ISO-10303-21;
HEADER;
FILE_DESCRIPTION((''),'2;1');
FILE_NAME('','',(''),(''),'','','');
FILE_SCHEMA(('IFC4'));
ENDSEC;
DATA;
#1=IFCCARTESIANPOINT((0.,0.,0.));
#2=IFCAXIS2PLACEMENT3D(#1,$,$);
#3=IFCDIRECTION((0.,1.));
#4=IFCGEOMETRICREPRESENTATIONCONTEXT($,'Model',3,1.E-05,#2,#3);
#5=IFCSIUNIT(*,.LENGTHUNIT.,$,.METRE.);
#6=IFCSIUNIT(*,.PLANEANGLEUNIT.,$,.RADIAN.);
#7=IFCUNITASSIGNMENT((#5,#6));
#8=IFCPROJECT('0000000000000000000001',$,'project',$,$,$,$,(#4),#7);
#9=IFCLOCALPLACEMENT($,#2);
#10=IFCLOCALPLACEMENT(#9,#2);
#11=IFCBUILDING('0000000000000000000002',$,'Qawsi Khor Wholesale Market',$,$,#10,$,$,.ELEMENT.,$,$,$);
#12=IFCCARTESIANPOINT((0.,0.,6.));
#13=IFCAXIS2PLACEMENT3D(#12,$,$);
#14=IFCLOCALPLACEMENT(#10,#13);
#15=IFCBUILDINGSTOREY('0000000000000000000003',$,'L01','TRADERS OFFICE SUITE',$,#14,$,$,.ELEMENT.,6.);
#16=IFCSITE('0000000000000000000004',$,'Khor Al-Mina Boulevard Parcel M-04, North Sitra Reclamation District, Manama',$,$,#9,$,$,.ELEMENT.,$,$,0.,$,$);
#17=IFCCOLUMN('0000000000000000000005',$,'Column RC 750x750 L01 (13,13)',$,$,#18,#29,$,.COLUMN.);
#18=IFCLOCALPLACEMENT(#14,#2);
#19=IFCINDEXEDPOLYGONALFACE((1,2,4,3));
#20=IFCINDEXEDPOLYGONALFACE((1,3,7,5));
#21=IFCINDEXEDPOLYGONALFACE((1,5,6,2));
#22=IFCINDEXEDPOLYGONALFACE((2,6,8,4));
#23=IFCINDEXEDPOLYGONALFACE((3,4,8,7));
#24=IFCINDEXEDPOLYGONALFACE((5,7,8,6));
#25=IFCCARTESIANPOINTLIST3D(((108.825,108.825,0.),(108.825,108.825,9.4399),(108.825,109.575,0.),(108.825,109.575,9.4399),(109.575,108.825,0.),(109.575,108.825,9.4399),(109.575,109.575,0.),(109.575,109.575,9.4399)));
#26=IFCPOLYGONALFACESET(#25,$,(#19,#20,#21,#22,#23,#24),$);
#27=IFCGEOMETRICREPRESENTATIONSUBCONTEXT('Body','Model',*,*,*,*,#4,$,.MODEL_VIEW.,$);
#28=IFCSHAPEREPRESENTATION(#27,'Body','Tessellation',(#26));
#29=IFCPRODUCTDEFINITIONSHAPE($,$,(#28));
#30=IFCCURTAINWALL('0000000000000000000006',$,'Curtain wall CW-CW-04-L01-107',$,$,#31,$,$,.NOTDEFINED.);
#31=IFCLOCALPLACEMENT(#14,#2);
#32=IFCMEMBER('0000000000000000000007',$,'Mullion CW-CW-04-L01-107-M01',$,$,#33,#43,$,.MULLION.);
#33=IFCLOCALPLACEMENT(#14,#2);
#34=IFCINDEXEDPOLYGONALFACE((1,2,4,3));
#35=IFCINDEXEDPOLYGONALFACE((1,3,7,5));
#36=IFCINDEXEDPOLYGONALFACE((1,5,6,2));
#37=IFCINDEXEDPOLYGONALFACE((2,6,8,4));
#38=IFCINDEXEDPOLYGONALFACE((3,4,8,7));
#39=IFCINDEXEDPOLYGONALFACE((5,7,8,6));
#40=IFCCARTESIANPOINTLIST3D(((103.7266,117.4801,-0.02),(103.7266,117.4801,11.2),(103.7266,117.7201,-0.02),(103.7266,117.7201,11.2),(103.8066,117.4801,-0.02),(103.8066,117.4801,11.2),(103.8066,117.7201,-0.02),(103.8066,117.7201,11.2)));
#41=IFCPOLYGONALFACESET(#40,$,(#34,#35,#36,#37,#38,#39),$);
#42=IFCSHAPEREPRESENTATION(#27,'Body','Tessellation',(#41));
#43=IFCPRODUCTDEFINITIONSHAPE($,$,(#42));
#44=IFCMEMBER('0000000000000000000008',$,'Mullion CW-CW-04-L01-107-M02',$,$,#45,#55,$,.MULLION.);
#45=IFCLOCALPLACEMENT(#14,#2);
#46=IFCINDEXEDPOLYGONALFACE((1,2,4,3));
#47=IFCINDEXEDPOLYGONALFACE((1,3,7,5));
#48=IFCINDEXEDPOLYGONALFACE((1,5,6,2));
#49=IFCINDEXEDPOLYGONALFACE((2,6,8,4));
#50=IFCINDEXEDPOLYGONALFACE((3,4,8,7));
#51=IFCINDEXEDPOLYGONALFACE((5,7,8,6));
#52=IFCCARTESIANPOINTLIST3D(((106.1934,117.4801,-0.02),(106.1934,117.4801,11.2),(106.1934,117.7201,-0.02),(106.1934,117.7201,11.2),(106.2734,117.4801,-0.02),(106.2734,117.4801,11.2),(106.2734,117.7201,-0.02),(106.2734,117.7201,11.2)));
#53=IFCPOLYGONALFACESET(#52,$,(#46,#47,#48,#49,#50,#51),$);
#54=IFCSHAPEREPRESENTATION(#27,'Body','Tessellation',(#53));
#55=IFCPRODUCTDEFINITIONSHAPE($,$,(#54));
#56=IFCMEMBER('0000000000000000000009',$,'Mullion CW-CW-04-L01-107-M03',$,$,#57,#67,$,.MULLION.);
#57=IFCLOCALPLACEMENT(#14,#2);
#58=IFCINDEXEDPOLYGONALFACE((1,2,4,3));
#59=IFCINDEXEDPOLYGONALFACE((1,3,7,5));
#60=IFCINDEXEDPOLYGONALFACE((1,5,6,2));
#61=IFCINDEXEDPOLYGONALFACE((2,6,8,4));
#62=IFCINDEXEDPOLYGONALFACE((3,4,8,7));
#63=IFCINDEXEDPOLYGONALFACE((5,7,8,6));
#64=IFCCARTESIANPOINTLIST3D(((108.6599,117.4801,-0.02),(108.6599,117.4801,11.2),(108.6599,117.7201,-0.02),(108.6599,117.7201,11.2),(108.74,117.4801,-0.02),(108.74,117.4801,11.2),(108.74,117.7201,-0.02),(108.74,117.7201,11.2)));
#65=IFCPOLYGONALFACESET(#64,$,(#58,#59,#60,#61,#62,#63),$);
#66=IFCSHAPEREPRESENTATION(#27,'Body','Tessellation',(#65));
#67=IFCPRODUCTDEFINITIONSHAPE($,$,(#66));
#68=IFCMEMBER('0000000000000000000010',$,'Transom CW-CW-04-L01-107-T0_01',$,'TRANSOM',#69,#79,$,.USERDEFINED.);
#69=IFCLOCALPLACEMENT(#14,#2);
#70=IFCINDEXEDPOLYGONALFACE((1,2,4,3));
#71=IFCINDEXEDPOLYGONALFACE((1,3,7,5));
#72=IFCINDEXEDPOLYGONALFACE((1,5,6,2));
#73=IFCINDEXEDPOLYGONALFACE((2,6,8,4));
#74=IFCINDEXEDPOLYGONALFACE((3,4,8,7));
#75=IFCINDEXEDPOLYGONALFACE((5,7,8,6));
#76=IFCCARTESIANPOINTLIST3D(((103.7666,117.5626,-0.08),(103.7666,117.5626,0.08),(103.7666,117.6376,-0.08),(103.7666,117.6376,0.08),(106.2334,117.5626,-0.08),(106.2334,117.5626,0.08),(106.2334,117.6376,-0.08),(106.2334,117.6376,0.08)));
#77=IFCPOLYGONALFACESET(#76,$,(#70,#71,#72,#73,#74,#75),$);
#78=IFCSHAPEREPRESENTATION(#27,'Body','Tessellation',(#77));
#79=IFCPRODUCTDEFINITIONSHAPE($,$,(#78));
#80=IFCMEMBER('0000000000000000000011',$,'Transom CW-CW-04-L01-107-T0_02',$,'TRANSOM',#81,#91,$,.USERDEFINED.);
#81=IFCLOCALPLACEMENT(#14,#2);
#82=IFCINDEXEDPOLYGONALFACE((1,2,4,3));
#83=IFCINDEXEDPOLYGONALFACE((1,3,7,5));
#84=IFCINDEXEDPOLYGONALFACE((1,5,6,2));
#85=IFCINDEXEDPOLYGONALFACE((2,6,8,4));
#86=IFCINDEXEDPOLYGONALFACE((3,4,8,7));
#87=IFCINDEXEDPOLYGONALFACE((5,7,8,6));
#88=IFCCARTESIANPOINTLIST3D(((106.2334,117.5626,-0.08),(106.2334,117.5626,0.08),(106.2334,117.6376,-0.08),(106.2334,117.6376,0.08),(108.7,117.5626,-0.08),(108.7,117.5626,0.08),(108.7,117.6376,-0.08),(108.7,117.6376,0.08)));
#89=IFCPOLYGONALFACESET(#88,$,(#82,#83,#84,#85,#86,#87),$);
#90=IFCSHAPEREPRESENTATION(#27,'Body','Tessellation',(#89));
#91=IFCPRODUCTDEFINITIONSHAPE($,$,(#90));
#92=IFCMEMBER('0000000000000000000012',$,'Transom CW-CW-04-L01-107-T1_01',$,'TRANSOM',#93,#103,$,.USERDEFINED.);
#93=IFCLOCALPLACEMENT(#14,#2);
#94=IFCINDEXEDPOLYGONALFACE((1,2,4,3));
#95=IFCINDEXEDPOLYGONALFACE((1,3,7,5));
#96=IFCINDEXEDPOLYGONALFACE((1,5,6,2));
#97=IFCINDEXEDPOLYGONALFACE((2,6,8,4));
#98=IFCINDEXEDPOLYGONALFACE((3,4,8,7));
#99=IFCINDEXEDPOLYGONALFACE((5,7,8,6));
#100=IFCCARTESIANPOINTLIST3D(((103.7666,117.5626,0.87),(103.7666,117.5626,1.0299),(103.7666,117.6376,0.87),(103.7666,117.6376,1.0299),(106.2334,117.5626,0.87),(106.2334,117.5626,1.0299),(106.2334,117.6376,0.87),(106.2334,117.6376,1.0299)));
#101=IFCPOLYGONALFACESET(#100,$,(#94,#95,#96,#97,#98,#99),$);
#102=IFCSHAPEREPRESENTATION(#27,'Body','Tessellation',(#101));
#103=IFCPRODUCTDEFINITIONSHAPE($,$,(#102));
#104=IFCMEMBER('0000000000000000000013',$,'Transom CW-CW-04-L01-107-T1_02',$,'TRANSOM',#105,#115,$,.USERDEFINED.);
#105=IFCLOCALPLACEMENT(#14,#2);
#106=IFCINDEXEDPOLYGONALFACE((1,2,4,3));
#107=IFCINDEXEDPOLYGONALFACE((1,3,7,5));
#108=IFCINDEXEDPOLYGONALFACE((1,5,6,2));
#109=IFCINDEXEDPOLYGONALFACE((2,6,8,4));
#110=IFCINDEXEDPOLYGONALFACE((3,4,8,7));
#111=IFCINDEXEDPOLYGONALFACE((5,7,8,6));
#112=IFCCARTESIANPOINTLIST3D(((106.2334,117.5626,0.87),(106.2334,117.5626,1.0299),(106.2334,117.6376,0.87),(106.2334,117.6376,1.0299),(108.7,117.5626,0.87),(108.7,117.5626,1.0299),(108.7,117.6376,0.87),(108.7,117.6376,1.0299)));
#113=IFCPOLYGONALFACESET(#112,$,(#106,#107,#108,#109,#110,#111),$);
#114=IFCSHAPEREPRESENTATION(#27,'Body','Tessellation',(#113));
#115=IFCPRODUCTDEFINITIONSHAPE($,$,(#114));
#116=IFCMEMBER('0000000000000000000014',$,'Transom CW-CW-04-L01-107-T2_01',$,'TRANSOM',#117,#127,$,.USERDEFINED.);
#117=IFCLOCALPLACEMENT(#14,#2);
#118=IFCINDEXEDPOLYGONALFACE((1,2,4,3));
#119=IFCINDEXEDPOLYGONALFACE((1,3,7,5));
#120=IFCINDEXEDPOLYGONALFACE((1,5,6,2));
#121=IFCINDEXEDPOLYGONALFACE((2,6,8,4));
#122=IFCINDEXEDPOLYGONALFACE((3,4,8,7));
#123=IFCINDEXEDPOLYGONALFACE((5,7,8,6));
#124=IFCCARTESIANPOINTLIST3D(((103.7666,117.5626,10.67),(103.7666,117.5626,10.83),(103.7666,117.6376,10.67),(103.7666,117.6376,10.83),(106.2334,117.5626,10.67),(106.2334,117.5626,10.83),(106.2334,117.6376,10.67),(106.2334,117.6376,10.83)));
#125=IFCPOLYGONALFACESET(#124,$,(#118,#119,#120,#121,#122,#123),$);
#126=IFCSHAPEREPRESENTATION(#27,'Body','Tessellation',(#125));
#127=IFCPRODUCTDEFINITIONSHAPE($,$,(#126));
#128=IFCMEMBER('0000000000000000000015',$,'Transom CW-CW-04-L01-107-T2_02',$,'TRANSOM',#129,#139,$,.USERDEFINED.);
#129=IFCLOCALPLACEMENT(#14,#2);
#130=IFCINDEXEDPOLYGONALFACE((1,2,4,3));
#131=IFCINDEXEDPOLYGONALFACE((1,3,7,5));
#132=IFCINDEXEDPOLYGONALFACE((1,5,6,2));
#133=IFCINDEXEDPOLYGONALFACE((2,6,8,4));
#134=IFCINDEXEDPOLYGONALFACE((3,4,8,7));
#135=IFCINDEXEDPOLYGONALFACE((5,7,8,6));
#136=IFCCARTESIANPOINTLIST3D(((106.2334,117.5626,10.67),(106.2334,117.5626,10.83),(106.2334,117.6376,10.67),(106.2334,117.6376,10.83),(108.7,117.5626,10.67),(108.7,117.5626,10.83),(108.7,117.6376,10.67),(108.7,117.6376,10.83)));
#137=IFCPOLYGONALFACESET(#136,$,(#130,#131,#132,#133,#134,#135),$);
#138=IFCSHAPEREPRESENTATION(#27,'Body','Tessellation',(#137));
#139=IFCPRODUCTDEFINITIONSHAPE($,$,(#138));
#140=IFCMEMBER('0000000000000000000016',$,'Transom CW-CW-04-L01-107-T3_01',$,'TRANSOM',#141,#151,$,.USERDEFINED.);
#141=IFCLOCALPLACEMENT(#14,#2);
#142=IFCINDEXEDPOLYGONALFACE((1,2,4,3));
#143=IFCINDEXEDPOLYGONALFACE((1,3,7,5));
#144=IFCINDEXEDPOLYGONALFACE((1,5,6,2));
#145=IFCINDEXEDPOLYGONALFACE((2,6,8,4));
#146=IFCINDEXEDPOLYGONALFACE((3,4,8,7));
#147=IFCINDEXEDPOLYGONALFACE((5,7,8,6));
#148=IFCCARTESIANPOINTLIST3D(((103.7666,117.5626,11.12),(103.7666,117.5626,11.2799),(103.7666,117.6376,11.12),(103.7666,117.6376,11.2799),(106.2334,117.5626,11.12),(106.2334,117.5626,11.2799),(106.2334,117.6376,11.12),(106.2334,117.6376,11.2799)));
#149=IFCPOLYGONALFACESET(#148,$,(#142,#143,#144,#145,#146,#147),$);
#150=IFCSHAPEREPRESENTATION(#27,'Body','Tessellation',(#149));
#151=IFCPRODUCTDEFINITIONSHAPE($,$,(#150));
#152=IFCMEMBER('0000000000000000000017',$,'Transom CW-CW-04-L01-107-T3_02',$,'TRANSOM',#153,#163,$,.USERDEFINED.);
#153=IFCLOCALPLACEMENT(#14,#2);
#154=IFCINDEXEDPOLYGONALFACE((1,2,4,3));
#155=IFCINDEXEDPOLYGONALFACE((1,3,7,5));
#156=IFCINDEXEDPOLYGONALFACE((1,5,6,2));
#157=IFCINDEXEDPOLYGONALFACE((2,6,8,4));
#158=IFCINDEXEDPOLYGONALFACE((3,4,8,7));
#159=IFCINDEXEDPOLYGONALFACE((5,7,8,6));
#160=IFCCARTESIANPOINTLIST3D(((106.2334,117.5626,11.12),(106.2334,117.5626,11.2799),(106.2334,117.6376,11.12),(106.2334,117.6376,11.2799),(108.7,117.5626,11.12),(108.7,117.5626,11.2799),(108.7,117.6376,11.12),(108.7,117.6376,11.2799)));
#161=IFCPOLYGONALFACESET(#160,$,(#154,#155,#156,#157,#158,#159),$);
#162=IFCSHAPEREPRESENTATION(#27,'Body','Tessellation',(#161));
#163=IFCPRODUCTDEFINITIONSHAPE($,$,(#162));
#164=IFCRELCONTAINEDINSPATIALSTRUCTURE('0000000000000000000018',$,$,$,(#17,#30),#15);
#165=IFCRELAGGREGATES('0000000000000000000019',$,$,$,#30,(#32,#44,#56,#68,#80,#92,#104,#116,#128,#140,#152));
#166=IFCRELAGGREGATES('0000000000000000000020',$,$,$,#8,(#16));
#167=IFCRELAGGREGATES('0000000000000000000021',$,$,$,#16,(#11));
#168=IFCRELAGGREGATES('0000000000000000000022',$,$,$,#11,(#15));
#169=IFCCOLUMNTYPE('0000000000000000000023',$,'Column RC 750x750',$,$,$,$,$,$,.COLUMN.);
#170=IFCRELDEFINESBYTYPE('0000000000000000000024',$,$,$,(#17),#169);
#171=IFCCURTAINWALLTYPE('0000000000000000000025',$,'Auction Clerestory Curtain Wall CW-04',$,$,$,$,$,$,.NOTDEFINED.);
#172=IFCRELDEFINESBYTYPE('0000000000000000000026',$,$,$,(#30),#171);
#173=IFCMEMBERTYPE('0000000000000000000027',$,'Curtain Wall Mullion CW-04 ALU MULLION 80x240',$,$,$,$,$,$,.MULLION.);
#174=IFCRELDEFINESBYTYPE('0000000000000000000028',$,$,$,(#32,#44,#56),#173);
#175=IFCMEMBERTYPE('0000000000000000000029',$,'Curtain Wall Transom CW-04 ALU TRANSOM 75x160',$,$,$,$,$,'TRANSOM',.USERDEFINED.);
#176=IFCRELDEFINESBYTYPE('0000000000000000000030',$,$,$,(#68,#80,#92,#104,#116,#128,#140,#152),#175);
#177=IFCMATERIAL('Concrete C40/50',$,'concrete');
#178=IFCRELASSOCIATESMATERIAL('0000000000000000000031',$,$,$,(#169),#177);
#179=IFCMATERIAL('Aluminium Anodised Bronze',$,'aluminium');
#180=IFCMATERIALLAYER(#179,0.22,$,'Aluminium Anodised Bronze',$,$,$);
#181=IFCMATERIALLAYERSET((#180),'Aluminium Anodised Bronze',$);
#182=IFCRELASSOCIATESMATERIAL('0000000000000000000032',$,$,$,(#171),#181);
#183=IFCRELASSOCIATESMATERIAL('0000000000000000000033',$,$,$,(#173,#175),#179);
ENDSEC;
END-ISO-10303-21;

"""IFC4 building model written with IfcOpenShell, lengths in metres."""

from ifc_helpers import new_model, si_unit, direction, frame, origin, origin_2d, place, context, subcontext, project, spatial, rectangle, extrude, material, layer, layer_set, material_profile, profile_set, type_object, element, aggregate, save


model = new_model("IFC4")

# Units and contexts
model_context = context("Model", 3, precision=1e-05, world=origin(), true_north=direction((0.0, 1.0)))
body_context = subcontext(model_context, "Body", "Model", "MODEL_VIEW")
ifc_project = project(units=[si_unit("LENGTHUNIT", "METRE"), si_unit("PLANEANGLEUNIT", "RADIAN")], contexts=[model_context])

# Site, building, storey
site_placement = place(None, origin())
site = spatial("IfcSite", under=ifc_project, at=site_placement, Name="Khor Al-Mina Boulevard Parcel M-04, North Sitra Reclamation District, Manama", CompositionType="ELEMENT", RefElevation=0.0)
building_placement = place(site_placement, origin())
building = spatial("IfcBuilding", under=site, at=building_placement, Name="Qawsi Khor Wholesale Market", CompositionType="ELEMENT")
storey_placement = place(building_placement, frame((0.0, 0.0, 6.0)))
storey = spatial("IfcBuildingStorey", under=building, at=storey_placement, Name="L01", Description="TRADERS OFFICE SUITE", CompositionType="ELEMENT", Elevation=6.0)

# Column
ifc_material_1 = material(Name="Concrete C40/50", Category="concrete")
ifc_material_profile_1 = material_profile(ifc_material_1, rectangle(XDim=0.75, YDim=0.75, at=origin_2d()), Name="RC 750x750")
ifc_profile_set_1 = profile_set([ifc_material_profile_1], Name="Concrete C40/50")
column_type = type_object("IfcColumnType", Name="Column RC 750x750", PredefinedType="COLUMN", material=ifc_profile_set_1)
column_placement = place(storey_placement, frame((109.2, 109.2, 0.0), z_axis=(0.0, 0.0, 1.0), x_axis=(1.0, 0.0, 0.0)))
element("IfcColumn", 1, at=column_placement, inside=storey, type_object=column_type, Name="Column RC 750x750 L01 (13,13)", PredefinedType="COLUMN", context=body_context, shape_type="SweptSolid", body=[
    extrude(rectangle(XDim=0.75, YDim=0.75, at=origin_2d()), origin(), (0.0, 0.0, 1.0), 9.4399),
])

# Curtain wall, members
ifc_material_2 = material(Name="Aluminium Anodised Bronze", Category="aluminium")
ifc_layer_1 = layer(ifc_material_2, 0.22, Name="Aluminium Anodised Bronze")
ifc_layer_set_1 = layer_set([ifc_layer_1], Name="Aluminium Anodised Bronze")
curtain_wall_type = type_object("IfcCurtainWallType", Name="Auction Clerestory Curtain Wall CW-04", PredefinedType="NOTDEFINED", material=ifc_layer_set_1)
curtain_wall_placement = place(storey_placement, origin())
curtain_wall = element("IfcCurtainWall", 2, at=curtain_wall_placement, inside=storey, type_object=curtain_wall_type, Name="Curtain wall CW-CW-04-L01-107", PredefinedType="NOTDEFINED")
ifc_material_profile_2 = material_profile(ifc_material_2, rectangle(XDim=0.0801, YDim=0.24, at=origin_2d()), Name="ALU MULLION 80x240")
ifc_profile_set_2 = profile_set([ifc_material_profile_2], Name="Aluminium Anodised Bronze")
member_type_1 = type_object("IfcMemberType", Name="Curtain Wall Mullion CW-04 ALU MULLION 80x240", PredefinedType="MULLION", material=ifc_profile_set_2)
member_1_placement = place(storey_placement, frame((103.7666, 117.6001, -0.02), z_axis=(0.0, 0.0, 1.0), x_axis=(1.0, 0.0, 0.0)))
member_1 = element("IfcMember", 3, at=member_1_placement, type_object=member_type_1, Name="Mullion CW-CW-04-L01-107-M01", PredefinedType="MULLION", context=body_context, shape_type="SweptSolid", body=[
    extrude(rectangle(XDim=0.0801, YDim=0.24, at=origin_2d()), origin(), (0.0, 0.0, 1.0), 11.22),
])
member_2_placement = place(storey_placement, frame((106.2334, 117.6001, -0.02), z_axis=(0.0, 0.0, 1.0), x_axis=(1.0, 0.0, 0.0)))
member_2 = element("IfcMember", 4, at=member_2_placement, type_object=member_type_1, Name="Mullion CW-CW-04-L01-107-M02", PredefinedType="MULLION", context=body_context, shape_type="SweptSolid", body=[
    extrude(rectangle(XDim=0.0801, YDim=0.24, at=origin_2d()), origin(), (0.0, 0.0, 1.0), 11.22),
])
member_3_placement = place(storey_placement, frame((108.7, 117.6001, -0.02), z_axis=(0.0, 0.0, 1.0), x_axis=(1.0, 0.0, 0.0)))
member_3 = element("IfcMember", 5, at=member_3_placement, type_object=member_type_1, Name="Mullion CW-CW-04-L01-107-M03", PredefinedType="MULLION", context=body_context, shape_type="SweptSolid", body=[
    extrude(rectangle(XDim=0.0801, YDim=0.24, at=origin_2d()), origin(), (0.0, 0.0, 1.0), 11.22),
])
ifc_material_profile_3 = material_profile(ifc_material_2, rectangle(XDim=0.075, YDim=0.1599, at=origin_2d()), Name="ALU TRANSOM 75x160")
ifc_profile_set_3 = profile_set([ifc_material_profile_3], Name="Aluminium Anodised Bronze")
member_type_2 = type_object("IfcMemberType", Name="Curtain Wall Transom CW-04 ALU TRANSOM 75x160", ElementType="TRANSOM", PredefinedType="USERDEFINED", material=ifc_profile_set_3)
member_4_placement = place(storey_placement, frame((103.7666, 117.6001, 0.0), z_axis=(1.0, 0.0, 0.0), x_axis=(0.0, 1.0, 0.0)))
member_4 = element("IfcMember", 6, at=member_4_placement, type_object=member_type_2, Name="Transom CW-CW-04-L01-107-T0_01", ObjectType="TRANSOM", PredefinedType="USERDEFINED", context=body_context, shape_type="SweptSolid", body=[
    extrude(rectangle(XDim=0.075, YDim=0.1599, at=origin_2d()), origin(), (0.0, 0.0, 1.0), 2.4668),
])
member_5_placement = place(storey_placement, frame((106.2334, 117.6001, 0.0), z_axis=(1.0, 0.0, 0.0), x_axis=(0.0, 1.0, 0.0)))
member_5 = element("IfcMember", 7, at=member_5_placement, type_object=member_type_2, Name="Transom CW-CW-04-L01-107-T0_02", ObjectType="TRANSOM", PredefinedType="USERDEFINED", context=body_context, shape_type="SweptSolid", body=[
    extrude(rectangle(XDim=0.075, YDim=0.1599, at=origin_2d()), origin(), (0.0, 0.0, 1.0), 2.4666),
])
member_6_placement = place(storey_placement, frame((103.7666, 117.6001, 0.95), z_axis=(1.0, 0.0, 0.0), x_axis=(0.0, 1.0, 0.0)))
member_6 = element("IfcMember", 8, at=member_6_placement, type_object=member_type_2, Name="Transom CW-CW-04-L01-107-T1_01", ObjectType="TRANSOM", PredefinedType="USERDEFINED", context=body_context, shape_type="SweptSolid", body=[
    extrude(rectangle(XDim=0.075, YDim=0.1599, at=origin_2d()), origin(), (0.0, 0.0, 1.0), 2.4668),
])
member_7_placement = place(storey_placement, frame((106.2334, 117.6001, 0.95), z_axis=(1.0, 0.0, 0.0), x_axis=(0.0, 1.0, 0.0)))
member_7 = element("IfcMember", 9, at=member_7_placement, type_object=member_type_2, Name="Transom CW-CW-04-L01-107-T1_02", ObjectType="TRANSOM", PredefinedType="USERDEFINED", context=body_context, shape_type="SweptSolid", body=[
    extrude(rectangle(XDim=0.075, YDim=0.1599, at=origin_2d()), origin(), (0.0, 0.0, 1.0), 2.4666),
])
member_8_placement = place(storey_placement, frame((103.7666, 117.6001, 10.75), z_axis=(1.0, 0.0, 0.0), x_axis=(0.0, 1.0, 0.0)))
member_8 = element("IfcMember", 10, at=member_8_placement, type_object=member_type_2, Name="Transom CW-CW-04-L01-107-T2_01", ObjectType="TRANSOM", PredefinedType="USERDEFINED", context=body_context, shape_type="SweptSolid", body=[
    extrude(rectangle(XDim=0.075, YDim=0.1599, at=origin_2d()), origin(), (0.0, 0.0, 1.0), 2.4668),
])
member_9_placement = place(storey_placement, frame((106.2334, 117.6001, 10.75), z_axis=(1.0, 0.0, 0.0), x_axis=(0.0, 1.0, 0.0)))
member_9 = element("IfcMember", 11, at=member_9_placement, type_object=member_type_2, Name="Transom CW-CW-04-L01-107-T2_02", ObjectType="TRANSOM", PredefinedType="USERDEFINED", context=body_context, shape_type="SweptSolid", body=[
    extrude(rectangle(XDim=0.075, YDim=0.1599, at=origin_2d()), origin(), (0.0, 0.0, 1.0), 2.4666),
])
member_10_placement = place(storey_placement, frame((103.7666, 117.6001, 11.2), z_axis=(1.0, 0.0, 0.0), x_axis=(0.0, 1.0, 0.0)))
member_10 = element("IfcMember", 12, at=member_10_placement, type_object=member_type_2, Name="Transom CW-CW-04-L01-107-T3_01", ObjectType="TRANSOM", PredefinedType="USERDEFINED", context=body_context, shape_type="SweptSolid", body=[
    extrude(rectangle(XDim=0.075, YDim=0.1599, at=origin_2d()), origin(), (0.0, 0.0, 1.0), 2.4668),
])
member_11_placement = place(storey_placement, frame((106.2334, 117.6001, 11.2), z_axis=(1.0, 0.0, 0.0), x_axis=(0.0, 1.0, 0.0)))
member_11 = element("IfcMember", 13, at=member_11_placement, type_object=member_type_2, Name="Transom CW-CW-04-L01-107-T3_02", ObjectType="TRANSOM", PredefinedType="USERDEFINED", context=body_context, shape_type="SweptSolid", body=[
    extrude(rectangle(XDim=0.075, YDim=0.1599, at=origin_2d()), origin(), (0.0, 0.0, 1.0), 2.4666),
])

aggregate(curtain_wall, [member_1, member_2, member_3, member_4, member_5, member_6, member_7, member_8, member_9, member_10, member_11])

save(model, "model.ifc")
